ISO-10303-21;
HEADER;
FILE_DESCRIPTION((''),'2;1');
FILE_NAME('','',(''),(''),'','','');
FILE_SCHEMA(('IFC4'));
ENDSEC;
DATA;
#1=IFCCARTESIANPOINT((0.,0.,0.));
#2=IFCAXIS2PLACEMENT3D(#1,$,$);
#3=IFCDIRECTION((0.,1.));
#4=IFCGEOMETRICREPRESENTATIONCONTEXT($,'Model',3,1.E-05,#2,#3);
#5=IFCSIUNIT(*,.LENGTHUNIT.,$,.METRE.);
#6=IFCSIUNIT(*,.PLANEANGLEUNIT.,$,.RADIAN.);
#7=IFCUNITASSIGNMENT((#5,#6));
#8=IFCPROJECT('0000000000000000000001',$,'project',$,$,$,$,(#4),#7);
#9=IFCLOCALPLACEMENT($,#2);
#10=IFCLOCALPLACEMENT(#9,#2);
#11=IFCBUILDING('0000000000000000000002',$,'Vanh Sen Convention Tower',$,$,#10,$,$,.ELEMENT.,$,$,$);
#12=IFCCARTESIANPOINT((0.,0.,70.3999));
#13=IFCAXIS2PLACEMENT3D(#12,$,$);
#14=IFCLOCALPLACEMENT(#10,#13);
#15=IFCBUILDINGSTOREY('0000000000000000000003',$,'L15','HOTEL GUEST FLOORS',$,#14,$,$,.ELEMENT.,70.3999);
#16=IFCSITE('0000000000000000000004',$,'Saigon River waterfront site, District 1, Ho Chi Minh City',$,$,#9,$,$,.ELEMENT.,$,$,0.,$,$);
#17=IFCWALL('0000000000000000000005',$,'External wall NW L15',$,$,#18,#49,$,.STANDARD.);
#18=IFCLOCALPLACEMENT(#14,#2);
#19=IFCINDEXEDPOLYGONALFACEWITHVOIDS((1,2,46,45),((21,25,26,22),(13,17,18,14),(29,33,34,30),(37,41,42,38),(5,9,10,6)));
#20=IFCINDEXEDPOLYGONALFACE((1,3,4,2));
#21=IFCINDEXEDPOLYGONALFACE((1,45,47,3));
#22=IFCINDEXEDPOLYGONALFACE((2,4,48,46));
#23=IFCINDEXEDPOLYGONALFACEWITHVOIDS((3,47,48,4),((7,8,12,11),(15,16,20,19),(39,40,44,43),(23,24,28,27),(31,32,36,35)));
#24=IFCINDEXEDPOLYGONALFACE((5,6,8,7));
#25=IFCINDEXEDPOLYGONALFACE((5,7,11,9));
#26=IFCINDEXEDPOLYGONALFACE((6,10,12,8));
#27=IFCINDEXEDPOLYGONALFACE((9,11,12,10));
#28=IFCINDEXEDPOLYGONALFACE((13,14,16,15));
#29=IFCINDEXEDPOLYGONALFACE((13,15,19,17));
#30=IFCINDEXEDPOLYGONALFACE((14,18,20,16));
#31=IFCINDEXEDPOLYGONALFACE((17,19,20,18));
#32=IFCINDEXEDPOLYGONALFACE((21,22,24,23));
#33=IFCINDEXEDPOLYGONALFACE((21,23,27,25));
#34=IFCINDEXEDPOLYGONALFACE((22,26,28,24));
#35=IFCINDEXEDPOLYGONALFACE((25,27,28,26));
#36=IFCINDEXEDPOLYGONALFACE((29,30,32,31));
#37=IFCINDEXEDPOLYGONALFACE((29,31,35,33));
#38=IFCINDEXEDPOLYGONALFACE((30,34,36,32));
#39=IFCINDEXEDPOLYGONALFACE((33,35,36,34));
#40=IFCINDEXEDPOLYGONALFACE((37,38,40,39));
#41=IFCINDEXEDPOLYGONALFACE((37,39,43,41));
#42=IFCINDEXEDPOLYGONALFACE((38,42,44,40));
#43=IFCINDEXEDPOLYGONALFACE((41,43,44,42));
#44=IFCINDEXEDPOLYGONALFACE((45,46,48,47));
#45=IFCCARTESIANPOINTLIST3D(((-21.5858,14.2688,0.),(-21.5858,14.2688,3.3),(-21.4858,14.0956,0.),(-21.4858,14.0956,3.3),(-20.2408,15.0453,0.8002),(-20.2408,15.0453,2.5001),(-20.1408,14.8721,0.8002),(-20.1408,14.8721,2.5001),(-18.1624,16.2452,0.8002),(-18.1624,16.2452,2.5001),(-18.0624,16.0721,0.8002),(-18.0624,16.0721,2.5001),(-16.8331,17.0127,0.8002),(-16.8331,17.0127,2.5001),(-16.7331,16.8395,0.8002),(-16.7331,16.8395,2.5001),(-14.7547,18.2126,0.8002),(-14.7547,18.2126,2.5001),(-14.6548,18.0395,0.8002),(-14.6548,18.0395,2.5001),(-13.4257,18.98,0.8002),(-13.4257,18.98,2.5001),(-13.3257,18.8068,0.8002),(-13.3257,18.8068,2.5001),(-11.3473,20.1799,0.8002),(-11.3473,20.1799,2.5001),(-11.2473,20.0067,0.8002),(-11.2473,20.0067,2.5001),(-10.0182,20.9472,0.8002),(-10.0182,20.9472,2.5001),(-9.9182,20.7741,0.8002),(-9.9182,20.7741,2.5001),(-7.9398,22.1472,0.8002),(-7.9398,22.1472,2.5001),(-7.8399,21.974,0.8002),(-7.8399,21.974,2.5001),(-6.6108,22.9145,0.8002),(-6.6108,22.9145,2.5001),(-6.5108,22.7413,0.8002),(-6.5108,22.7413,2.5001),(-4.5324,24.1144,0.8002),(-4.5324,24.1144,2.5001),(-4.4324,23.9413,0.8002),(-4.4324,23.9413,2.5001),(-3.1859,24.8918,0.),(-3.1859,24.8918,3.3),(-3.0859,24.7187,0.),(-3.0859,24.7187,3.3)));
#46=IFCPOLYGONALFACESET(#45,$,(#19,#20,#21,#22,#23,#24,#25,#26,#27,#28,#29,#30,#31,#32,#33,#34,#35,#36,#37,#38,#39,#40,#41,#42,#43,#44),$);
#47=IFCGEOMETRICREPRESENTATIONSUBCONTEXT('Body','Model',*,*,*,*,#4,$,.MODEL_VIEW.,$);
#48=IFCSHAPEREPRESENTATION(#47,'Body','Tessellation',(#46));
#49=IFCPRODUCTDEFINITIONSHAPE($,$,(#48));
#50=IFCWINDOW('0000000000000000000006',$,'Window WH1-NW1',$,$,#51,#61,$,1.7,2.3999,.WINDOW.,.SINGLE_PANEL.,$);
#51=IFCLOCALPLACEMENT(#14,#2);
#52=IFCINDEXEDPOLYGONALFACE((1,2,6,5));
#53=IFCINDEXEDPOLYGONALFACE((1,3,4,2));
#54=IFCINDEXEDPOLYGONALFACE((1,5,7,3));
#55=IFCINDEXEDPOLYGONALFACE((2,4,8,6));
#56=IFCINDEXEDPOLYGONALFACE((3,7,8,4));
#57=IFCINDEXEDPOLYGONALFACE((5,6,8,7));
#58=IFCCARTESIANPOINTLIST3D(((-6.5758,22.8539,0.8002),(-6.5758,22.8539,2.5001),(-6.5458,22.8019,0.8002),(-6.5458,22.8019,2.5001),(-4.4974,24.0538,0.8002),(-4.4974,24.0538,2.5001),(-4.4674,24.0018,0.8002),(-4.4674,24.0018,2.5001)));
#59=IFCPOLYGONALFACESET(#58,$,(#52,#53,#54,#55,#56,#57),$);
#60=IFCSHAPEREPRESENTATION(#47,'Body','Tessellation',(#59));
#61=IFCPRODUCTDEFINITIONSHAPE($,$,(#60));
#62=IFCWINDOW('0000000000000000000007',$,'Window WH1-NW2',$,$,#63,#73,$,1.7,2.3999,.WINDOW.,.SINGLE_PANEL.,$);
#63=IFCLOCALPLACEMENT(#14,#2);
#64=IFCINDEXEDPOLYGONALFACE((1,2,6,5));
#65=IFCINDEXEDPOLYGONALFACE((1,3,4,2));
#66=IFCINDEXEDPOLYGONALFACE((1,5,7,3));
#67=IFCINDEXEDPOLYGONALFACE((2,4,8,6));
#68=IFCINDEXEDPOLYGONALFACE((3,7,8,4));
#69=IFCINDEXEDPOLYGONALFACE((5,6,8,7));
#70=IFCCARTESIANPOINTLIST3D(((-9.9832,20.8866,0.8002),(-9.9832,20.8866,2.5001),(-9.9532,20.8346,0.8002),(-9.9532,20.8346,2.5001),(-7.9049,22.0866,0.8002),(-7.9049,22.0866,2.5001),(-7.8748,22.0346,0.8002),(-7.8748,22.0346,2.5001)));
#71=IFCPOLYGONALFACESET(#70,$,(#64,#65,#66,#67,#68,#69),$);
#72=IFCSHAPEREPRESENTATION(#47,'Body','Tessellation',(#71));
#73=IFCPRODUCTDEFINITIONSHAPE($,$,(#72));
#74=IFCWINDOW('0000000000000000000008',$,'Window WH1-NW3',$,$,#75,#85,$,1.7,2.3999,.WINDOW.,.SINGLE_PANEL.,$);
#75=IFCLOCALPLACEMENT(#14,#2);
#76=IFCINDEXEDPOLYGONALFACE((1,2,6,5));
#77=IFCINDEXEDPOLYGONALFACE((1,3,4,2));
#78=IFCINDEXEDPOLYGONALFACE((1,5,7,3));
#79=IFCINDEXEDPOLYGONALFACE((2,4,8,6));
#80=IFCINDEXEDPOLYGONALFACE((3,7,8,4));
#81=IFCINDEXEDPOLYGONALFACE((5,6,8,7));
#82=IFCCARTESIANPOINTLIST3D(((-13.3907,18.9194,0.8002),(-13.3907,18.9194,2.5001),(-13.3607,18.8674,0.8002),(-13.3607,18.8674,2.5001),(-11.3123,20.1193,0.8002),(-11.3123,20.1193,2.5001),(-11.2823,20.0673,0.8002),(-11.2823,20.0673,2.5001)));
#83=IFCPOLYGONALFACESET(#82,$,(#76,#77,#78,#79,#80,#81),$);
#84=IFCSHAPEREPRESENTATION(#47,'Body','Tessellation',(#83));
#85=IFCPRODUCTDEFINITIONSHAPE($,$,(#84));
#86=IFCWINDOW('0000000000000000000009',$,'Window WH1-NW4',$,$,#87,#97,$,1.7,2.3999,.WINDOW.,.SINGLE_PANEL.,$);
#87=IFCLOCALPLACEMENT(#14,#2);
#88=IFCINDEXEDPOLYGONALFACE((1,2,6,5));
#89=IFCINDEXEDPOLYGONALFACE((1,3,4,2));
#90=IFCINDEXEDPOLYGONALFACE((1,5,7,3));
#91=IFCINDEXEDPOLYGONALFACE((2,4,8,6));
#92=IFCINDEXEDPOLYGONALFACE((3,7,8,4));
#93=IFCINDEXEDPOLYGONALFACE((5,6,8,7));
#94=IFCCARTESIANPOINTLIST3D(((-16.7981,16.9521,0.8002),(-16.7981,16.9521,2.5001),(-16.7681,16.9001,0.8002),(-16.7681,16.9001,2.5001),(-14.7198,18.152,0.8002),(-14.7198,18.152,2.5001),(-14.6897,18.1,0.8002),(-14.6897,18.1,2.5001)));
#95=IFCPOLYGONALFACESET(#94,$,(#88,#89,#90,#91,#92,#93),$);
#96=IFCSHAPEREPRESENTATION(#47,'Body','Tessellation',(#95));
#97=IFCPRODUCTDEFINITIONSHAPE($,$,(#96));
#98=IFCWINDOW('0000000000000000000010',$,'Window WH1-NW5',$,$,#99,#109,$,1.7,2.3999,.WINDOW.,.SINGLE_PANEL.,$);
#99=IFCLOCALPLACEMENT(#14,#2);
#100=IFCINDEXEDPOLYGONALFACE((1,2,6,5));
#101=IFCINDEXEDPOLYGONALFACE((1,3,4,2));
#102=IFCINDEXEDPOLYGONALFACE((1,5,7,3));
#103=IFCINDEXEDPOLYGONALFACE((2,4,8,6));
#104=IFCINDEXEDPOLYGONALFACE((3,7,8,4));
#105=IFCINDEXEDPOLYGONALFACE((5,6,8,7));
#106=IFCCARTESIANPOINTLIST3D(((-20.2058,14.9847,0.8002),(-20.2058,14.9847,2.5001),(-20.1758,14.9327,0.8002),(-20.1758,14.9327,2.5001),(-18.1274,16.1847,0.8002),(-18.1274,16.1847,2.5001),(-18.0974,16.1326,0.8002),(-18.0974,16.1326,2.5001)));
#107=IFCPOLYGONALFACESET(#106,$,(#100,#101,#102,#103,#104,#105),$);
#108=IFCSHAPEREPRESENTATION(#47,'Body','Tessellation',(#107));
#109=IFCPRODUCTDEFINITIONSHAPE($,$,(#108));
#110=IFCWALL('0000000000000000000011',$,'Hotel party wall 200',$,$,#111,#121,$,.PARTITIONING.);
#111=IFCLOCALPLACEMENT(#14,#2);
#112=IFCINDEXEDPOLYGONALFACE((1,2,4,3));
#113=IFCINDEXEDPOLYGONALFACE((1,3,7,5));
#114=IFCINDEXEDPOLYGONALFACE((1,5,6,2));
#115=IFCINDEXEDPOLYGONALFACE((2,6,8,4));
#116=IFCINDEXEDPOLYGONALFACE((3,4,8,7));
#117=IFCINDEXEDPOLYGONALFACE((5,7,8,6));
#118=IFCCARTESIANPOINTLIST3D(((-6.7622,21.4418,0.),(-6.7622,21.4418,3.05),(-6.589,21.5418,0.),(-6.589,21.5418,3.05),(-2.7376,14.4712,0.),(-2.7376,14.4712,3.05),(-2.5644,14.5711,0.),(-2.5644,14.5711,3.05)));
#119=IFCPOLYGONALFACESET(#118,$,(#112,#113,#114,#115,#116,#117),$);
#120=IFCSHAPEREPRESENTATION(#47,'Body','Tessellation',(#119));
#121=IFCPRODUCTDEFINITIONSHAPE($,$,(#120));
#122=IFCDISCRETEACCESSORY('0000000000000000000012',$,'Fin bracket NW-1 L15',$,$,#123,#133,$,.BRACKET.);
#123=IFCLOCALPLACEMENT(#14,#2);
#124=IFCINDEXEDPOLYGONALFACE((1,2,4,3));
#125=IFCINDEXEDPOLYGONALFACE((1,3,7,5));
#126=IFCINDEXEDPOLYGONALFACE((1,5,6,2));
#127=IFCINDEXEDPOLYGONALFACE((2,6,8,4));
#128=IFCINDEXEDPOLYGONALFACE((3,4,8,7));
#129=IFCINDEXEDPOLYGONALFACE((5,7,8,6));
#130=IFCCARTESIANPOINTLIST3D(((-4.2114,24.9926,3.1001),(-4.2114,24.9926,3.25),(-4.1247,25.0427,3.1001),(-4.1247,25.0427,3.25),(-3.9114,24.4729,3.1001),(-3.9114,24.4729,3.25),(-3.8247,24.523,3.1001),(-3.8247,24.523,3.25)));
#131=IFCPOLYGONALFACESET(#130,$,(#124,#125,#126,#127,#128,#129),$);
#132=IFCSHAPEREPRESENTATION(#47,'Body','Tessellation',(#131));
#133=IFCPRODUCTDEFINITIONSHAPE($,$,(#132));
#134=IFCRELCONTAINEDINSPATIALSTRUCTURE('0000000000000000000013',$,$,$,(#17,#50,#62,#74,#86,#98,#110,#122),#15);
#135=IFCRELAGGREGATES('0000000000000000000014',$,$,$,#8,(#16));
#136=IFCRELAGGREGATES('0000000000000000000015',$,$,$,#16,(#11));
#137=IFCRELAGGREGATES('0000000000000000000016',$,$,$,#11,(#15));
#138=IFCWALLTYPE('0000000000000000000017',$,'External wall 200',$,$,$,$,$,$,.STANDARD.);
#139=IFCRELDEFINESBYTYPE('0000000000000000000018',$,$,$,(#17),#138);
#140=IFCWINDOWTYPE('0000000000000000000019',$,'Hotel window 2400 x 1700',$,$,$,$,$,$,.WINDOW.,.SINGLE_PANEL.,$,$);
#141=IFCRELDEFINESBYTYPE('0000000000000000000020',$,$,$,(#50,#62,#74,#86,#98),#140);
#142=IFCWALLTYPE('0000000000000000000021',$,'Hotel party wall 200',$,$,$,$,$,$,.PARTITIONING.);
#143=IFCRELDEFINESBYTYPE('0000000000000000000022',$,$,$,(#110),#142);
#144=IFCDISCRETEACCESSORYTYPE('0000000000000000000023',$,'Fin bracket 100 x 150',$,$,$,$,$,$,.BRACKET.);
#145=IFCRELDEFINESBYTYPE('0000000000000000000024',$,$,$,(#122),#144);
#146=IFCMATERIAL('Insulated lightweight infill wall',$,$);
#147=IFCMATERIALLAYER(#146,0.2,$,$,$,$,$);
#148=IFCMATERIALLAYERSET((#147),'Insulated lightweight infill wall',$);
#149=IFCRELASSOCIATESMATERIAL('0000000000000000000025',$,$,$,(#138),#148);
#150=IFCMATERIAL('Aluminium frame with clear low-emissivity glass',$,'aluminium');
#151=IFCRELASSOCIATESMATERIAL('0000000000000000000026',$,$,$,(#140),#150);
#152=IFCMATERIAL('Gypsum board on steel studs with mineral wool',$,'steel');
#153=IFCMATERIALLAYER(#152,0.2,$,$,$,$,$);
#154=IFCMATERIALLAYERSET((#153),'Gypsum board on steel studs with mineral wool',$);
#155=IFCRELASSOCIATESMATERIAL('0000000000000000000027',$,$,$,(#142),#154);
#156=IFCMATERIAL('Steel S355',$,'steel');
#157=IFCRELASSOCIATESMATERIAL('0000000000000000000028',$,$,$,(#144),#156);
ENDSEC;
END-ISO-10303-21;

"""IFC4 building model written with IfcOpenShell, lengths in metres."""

from ifc_helpers import new_model, si_unit, direction, frame, frame_2d, origin, origin_2d, place, context, subcontext, project, spatial, rectangle, extrude, material, layer, layer_set, type_object, element, fill, save


model = new_model("IFC4")

# Units and contexts
model_context = context("Model", 3, precision=1e-05, world=origin(), true_north=direction((0.0, 1.0)))
body_context = subcontext(model_context, "Body", "Model", "MODEL_VIEW")
ifc_project = project(units=[si_unit("LENGTHUNIT", "METRE"), si_unit("PLANEANGLEUNIT", "RADIAN")], contexts=[model_context])

# Site, building, storey
site_placement = place(None, origin())
site = spatial("IfcSite", under=ifc_project, at=site_placement, Name="Saigon River waterfront site, District 1, Ho Chi Minh City", CompositionType="ELEMENT", RefElevation=0.0)
building_placement = place(site_placement, origin())
building = spatial("IfcBuilding", under=site, at=building_placement, Name="Vanh Sen Convention Tower", CompositionType="ELEMENT")
storey_placement = place(building_placement, frame((0.0, 0.0, 70.3999)))
storey = spatial("IfcBuildingStorey", under=building, at=storey_placement, Name="L15", Description="HOTEL GUEST FLOORS", CompositionType="ELEMENT", Elevation=70.3999)

# Shared definitions
ifc_material_1 = material(Name="Gypsum board on steel studs with mineral wool", Category="steel")

# Wall, openings, windows
ifc_material_2 = material(Name="Insulated lightweight infill wall")
ifc_layer_1 = layer(ifc_material_2, 0.2)
ifc_layer_set_1 = layer_set([ifc_layer_1], Name="Insulated lightweight infill wall")
wall_type_1 = type_object("IfcWallType", Name="External wall 200", PredefinedType="STANDARD", material=ifc_layer_set_1)
wall_1_placement = place(storey_placement, frame((-3.136, 24.8052, 0.0), z_axis=(0.0, 0.0, 1.0), x_axis=(-0.866028, -0.499995, 0.0)))
wall_1 = element("IfcWall", 1, at=wall_1_placement, inside=storey, type_object=wall_type_1, Name="External wall NW L15", PredefinedType="STANDARD", context=body_context, shape_type="SweptSolid", body=[
    extrude(rectangle(XDim=21.2463, YDim=0.2, at=frame_2d((10.623, 0.0))), origin(), (0.0, 0.0, 1.0), 3.3),
])
opening_1_placement = place(wall_1_placement, frame((1.5547, 0.0, 0.8)))
opening_1 = element("IfcOpeningElement", 2, at=opening_1_placement, cuts=wall_1, PredefinedType="OPENING", context=body_context, shape_type="SweptSolid", body=[
    extrude(rectangle(XDim=2.3999, YDim=1.7, at=frame_2d((1.2, 0.8501))), frame((0.0, 0.1099, 0.0), z_axis=(0.0, -1.0, 0.0), x_axis=(1.0, 0.0, 0.0)), (0.0, 0.0, 1.0), 0.22),
])
opening_2_placement = place(wall_1_placement, frame((5.4893, 0.0, 0.8)))
opening_2 = element("IfcOpeningElement", 3, at=opening_2_placement, cuts=wall_1, PredefinedType="OPENING", context=body_context, shape_type="SweptSolid", body=[
    extrude(rectangle(XDim=2.3999, YDim=1.7, at=frame_2d((1.2, 0.8501))), frame((0.0, 0.1099, 0.0), z_axis=(0.0, -1.0, 0.0), x_axis=(1.0, 0.0, 0.0)), (0.0, 0.0, 1.0), 0.22),
])
opening_3_placement = place(wall_1_placement, frame((9.4238, 0.0, 0.8)))
opening_3 = element("IfcOpeningElement", 4, at=opening_3_placement, cuts=wall_1, PredefinedType="OPENING", context=body_context, shape_type="SweptSolid", body=[
    extrude(rectangle(XDim=2.3999, YDim=1.7, at=frame_2d((1.2, 0.8501))), frame((0.0, 0.1099, 0.0), z_axis=(0.0, -1.0, 0.0), x_axis=(1.0, 0.0, 0.0)), (0.0, 0.0, 1.0), 0.22),
])
opening_4_placement = place(wall_1_placement, frame((13.3584, 0.0, 0.8)))
opening_4 = element("IfcOpeningElement", 5, at=opening_4_placement, cuts=wall_1, PredefinedType="OPENING", context=body_context, shape_type="SweptSolid", body=[
    extrude(rectangle(XDim=2.3999, YDim=1.7, at=frame_2d((1.2, 0.8501))), frame((0.0, 0.1099, 0.0), z_axis=(0.0, -1.0, 0.0), x_axis=(1.0, 0.0, 0.0)), (0.0, 0.0, 1.0), 0.22),
])
opening_5_placement = place(wall_1_placement, frame((17.2932, 0.0, 0.8)))
opening_5 = element("IfcOpeningElement", 6, at=opening_5_placement, cuts=wall_1, PredefinedType="OPENING", context=body_context, shape_type="SweptSolid", body=[
    extrude(rectangle(XDim=2.3999, YDim=1.7, at=frame_2d((1.2, 0.8501))), frame((0.0, 0.1099, 0.0), z_axis=(0.0, -1.0, 0.0), x_axis=(1.0, 0.0, 0.0)), (0.0, 0.0, 1.0), 0.22),
])
ifc_material_3 = material(Name="Aluminium frame with clear low-emissivity glass", Category="aluminium")
window_type = type_object("IfcWindowType", Name="Hotel window 2400 x 1700", PartitioningType="SINGLE_PANEL", PredefinedType="WINDOW", material=ifc_material_3)
window_1_placement = place(opening_1_placement, origin())
window_1 = element("IfcWindow", 7, at=window_1_placement, inside=storey, type_object=window_type, Name="Window WH1-NW1", OverallHeight=1.7, OverallWidth=2.3999, PartitioningType="SINGLE_PANEL", PredefinedType="WINDOW", context=body_context, shape_type="SweptSolid", body=[
    extrude(rectangle(XDim=2.3999, YDim=1.7, at=frame_2d((1.2, 0.8501))), frame((0.0, 0.03, 0.0), z_axis=(0.0, -1.0, 0.0), x_axis=(1.0, 0.0, 0.0)), (0.0, 0.0, 1.0), 0.0601),
])
fill(opening_1, window_1)
window_2_placement = place(opening_2_placement, origin())
window_2 = element("IfcWindow", 8, at=window_2_placement, inside=storey, type_object=window_type, Name="Window WH1-NW2", OverallHeight=1.7, OverallWidth=2.3999, PartitioningType="SINGLE_PANEL", PredefinedType="WINDOW", context=body_context, shape_type="SweptSolid", body=[
    extrude(rectangle(XDim=2.3999, YDim=1.7, at=frame_2d((1.2, 0.8501))), frame((0.0, 0.03, 0.0), z_axis=(0.0, -1.0, 0.0), x_axis=(1.0, 0.0, 0.0)), (0.0, 0.0, 1.0), 0.0601),
])
fill(opening_2, window_2)
window_3_placement = place(opening_3_placement, origin())
window_3 = element("IfcWindow", 9, at=window_3_placement, inside=storey, type_object=window_type, Name="Window WH1-NW3", OverallHeight=1.7, OverallWidth=2.3999, PartitioningType="SINGLE_PANEL", PredefinedType="WINDOW", context=body_context, shape_type="SweptSolid", body=[
    extrude(rectangle(XDim=2.3999, YDim=1.7, at=frame_2d((1.2, 0.8501))), frame((0.0, 0.03, 0.0), z_axis=(0.0, -1.0, 0.0), x_axis=(1.0, 0.0, 0.0)), (0.0, 0.0, 1.0), 0.0601),
])
fill(opening_3, window_3)
window_4_placement = place(opening_4_placement, origin())
window_4 = element("IfcWindow", 10, at=window_4_placement, inside=storey, type_object=window_type, Name="Window WH1-NW4", OverallHeight=1.7, OverallWidth=2.3999, PartitioningType="SINGLE_PANEL", PredefinedType="WINDOW", context=body_context, shape_type="SweptSolid", body=[
    extrude(rectangle(XDim=2.3999, YDim=1.7, at=frame_2d((1.2, 0.8501))), frame((0.0, 0.03, 0.0), z_axis=(0.0, -1.0, 0.0), x_axis=(1.0, 0.0, 0.0)), (0.0, 0.0, 1.0), 0.0601),
])
fill(opening_4, window_4)
window_5_placement = place(opening_5_placement, origin())
window_5 = element("IfcWindow", 11, at=window_5_placement, inside=storey, type_object=window_type, Name="Window WH1-NW5", OverallHeight=1.7, OverallWidth=2.3999, PartitioningType="SINGLE_PANEL", PredefinedType="WINDOW", context=body_context, shape_type="SweptSolid", body=[
    extrude(rectangle(XDim=2.3999, YDim=1.7, at=frame_2d((1.2, 0.8501))), frame((0.0, 0.03, 0.0), z_axis=(0.0, -1.0, 0.0), x_axis=(1.0, 0.0, 0.0)), (0.0, 0.0, 1.0), 0.0601),
])
fill(opening_5, window_5)

# Wall
ifc_layer_2 = layer(ifc_material_1, 0.2)
ifc_layer_set_2 = layer_set([ifc_layer_2], Name="Gypsum board on steel studs with mineral wool")
wall_type_2 = type_object("IfcWallType", Name="Hotel party wall 200", PredefinedType="PARTITIONING", material=ifc_layer_set_2)
wall_2_placement = place(storey_placement, frame((-6.6755, 21.4917, 0.0), z_axis=(0.0, 0.0, 1.0), x_axis=(0.500011, -0.866019, 0.0)))
element("IfcWall", 12, at=wall_2_placement, inside=storey, type_object=wall_type_2, Name="Hotel party wall 200", PredefinedType="PARTITIONING", context=body_context, shape_type="SweptSolid", body=[
    extrude(rectangle(XDim=8.0491, YDim=0.2, at=frame_2d((4.0244, 0.0))), origin(), (0.0, 0.0, 1.0), 3.05),
])

# Discrete accessory
ifc_material_4 = material(Name="Steel S355", Category="steel")
discrete_accessory_type = type_object("IfcDiscreteAccessoryType", Name="Fin bracket 100 x 150", PredefinedType="BRACKET", material=ifc_material_4)
discrete_accessory_placement = place(storey_placement, frame((-4.0181, 24.7578, 3.1001), z_axis=(0.0, 0.0, 1.0), x_axis=(-0.5, 0.866025, 0.0)))
element("IfcDiscreteAccessory", 13, at=discrete_accessory_placement, inside=storey, type_object=discrete_accessory_type, Name="Fin bracket NW-1 L15", PredefinedType="BRACKET", context=body_context, shape_type="SweptSolid", body=[
    extrude(rectangle(XDim=0.6001, YDim=0.1001, at=origin_2d()), origin(), (0.0, 0.0, 1.0), 0.1499),
])

save(model, "model.ifc")
